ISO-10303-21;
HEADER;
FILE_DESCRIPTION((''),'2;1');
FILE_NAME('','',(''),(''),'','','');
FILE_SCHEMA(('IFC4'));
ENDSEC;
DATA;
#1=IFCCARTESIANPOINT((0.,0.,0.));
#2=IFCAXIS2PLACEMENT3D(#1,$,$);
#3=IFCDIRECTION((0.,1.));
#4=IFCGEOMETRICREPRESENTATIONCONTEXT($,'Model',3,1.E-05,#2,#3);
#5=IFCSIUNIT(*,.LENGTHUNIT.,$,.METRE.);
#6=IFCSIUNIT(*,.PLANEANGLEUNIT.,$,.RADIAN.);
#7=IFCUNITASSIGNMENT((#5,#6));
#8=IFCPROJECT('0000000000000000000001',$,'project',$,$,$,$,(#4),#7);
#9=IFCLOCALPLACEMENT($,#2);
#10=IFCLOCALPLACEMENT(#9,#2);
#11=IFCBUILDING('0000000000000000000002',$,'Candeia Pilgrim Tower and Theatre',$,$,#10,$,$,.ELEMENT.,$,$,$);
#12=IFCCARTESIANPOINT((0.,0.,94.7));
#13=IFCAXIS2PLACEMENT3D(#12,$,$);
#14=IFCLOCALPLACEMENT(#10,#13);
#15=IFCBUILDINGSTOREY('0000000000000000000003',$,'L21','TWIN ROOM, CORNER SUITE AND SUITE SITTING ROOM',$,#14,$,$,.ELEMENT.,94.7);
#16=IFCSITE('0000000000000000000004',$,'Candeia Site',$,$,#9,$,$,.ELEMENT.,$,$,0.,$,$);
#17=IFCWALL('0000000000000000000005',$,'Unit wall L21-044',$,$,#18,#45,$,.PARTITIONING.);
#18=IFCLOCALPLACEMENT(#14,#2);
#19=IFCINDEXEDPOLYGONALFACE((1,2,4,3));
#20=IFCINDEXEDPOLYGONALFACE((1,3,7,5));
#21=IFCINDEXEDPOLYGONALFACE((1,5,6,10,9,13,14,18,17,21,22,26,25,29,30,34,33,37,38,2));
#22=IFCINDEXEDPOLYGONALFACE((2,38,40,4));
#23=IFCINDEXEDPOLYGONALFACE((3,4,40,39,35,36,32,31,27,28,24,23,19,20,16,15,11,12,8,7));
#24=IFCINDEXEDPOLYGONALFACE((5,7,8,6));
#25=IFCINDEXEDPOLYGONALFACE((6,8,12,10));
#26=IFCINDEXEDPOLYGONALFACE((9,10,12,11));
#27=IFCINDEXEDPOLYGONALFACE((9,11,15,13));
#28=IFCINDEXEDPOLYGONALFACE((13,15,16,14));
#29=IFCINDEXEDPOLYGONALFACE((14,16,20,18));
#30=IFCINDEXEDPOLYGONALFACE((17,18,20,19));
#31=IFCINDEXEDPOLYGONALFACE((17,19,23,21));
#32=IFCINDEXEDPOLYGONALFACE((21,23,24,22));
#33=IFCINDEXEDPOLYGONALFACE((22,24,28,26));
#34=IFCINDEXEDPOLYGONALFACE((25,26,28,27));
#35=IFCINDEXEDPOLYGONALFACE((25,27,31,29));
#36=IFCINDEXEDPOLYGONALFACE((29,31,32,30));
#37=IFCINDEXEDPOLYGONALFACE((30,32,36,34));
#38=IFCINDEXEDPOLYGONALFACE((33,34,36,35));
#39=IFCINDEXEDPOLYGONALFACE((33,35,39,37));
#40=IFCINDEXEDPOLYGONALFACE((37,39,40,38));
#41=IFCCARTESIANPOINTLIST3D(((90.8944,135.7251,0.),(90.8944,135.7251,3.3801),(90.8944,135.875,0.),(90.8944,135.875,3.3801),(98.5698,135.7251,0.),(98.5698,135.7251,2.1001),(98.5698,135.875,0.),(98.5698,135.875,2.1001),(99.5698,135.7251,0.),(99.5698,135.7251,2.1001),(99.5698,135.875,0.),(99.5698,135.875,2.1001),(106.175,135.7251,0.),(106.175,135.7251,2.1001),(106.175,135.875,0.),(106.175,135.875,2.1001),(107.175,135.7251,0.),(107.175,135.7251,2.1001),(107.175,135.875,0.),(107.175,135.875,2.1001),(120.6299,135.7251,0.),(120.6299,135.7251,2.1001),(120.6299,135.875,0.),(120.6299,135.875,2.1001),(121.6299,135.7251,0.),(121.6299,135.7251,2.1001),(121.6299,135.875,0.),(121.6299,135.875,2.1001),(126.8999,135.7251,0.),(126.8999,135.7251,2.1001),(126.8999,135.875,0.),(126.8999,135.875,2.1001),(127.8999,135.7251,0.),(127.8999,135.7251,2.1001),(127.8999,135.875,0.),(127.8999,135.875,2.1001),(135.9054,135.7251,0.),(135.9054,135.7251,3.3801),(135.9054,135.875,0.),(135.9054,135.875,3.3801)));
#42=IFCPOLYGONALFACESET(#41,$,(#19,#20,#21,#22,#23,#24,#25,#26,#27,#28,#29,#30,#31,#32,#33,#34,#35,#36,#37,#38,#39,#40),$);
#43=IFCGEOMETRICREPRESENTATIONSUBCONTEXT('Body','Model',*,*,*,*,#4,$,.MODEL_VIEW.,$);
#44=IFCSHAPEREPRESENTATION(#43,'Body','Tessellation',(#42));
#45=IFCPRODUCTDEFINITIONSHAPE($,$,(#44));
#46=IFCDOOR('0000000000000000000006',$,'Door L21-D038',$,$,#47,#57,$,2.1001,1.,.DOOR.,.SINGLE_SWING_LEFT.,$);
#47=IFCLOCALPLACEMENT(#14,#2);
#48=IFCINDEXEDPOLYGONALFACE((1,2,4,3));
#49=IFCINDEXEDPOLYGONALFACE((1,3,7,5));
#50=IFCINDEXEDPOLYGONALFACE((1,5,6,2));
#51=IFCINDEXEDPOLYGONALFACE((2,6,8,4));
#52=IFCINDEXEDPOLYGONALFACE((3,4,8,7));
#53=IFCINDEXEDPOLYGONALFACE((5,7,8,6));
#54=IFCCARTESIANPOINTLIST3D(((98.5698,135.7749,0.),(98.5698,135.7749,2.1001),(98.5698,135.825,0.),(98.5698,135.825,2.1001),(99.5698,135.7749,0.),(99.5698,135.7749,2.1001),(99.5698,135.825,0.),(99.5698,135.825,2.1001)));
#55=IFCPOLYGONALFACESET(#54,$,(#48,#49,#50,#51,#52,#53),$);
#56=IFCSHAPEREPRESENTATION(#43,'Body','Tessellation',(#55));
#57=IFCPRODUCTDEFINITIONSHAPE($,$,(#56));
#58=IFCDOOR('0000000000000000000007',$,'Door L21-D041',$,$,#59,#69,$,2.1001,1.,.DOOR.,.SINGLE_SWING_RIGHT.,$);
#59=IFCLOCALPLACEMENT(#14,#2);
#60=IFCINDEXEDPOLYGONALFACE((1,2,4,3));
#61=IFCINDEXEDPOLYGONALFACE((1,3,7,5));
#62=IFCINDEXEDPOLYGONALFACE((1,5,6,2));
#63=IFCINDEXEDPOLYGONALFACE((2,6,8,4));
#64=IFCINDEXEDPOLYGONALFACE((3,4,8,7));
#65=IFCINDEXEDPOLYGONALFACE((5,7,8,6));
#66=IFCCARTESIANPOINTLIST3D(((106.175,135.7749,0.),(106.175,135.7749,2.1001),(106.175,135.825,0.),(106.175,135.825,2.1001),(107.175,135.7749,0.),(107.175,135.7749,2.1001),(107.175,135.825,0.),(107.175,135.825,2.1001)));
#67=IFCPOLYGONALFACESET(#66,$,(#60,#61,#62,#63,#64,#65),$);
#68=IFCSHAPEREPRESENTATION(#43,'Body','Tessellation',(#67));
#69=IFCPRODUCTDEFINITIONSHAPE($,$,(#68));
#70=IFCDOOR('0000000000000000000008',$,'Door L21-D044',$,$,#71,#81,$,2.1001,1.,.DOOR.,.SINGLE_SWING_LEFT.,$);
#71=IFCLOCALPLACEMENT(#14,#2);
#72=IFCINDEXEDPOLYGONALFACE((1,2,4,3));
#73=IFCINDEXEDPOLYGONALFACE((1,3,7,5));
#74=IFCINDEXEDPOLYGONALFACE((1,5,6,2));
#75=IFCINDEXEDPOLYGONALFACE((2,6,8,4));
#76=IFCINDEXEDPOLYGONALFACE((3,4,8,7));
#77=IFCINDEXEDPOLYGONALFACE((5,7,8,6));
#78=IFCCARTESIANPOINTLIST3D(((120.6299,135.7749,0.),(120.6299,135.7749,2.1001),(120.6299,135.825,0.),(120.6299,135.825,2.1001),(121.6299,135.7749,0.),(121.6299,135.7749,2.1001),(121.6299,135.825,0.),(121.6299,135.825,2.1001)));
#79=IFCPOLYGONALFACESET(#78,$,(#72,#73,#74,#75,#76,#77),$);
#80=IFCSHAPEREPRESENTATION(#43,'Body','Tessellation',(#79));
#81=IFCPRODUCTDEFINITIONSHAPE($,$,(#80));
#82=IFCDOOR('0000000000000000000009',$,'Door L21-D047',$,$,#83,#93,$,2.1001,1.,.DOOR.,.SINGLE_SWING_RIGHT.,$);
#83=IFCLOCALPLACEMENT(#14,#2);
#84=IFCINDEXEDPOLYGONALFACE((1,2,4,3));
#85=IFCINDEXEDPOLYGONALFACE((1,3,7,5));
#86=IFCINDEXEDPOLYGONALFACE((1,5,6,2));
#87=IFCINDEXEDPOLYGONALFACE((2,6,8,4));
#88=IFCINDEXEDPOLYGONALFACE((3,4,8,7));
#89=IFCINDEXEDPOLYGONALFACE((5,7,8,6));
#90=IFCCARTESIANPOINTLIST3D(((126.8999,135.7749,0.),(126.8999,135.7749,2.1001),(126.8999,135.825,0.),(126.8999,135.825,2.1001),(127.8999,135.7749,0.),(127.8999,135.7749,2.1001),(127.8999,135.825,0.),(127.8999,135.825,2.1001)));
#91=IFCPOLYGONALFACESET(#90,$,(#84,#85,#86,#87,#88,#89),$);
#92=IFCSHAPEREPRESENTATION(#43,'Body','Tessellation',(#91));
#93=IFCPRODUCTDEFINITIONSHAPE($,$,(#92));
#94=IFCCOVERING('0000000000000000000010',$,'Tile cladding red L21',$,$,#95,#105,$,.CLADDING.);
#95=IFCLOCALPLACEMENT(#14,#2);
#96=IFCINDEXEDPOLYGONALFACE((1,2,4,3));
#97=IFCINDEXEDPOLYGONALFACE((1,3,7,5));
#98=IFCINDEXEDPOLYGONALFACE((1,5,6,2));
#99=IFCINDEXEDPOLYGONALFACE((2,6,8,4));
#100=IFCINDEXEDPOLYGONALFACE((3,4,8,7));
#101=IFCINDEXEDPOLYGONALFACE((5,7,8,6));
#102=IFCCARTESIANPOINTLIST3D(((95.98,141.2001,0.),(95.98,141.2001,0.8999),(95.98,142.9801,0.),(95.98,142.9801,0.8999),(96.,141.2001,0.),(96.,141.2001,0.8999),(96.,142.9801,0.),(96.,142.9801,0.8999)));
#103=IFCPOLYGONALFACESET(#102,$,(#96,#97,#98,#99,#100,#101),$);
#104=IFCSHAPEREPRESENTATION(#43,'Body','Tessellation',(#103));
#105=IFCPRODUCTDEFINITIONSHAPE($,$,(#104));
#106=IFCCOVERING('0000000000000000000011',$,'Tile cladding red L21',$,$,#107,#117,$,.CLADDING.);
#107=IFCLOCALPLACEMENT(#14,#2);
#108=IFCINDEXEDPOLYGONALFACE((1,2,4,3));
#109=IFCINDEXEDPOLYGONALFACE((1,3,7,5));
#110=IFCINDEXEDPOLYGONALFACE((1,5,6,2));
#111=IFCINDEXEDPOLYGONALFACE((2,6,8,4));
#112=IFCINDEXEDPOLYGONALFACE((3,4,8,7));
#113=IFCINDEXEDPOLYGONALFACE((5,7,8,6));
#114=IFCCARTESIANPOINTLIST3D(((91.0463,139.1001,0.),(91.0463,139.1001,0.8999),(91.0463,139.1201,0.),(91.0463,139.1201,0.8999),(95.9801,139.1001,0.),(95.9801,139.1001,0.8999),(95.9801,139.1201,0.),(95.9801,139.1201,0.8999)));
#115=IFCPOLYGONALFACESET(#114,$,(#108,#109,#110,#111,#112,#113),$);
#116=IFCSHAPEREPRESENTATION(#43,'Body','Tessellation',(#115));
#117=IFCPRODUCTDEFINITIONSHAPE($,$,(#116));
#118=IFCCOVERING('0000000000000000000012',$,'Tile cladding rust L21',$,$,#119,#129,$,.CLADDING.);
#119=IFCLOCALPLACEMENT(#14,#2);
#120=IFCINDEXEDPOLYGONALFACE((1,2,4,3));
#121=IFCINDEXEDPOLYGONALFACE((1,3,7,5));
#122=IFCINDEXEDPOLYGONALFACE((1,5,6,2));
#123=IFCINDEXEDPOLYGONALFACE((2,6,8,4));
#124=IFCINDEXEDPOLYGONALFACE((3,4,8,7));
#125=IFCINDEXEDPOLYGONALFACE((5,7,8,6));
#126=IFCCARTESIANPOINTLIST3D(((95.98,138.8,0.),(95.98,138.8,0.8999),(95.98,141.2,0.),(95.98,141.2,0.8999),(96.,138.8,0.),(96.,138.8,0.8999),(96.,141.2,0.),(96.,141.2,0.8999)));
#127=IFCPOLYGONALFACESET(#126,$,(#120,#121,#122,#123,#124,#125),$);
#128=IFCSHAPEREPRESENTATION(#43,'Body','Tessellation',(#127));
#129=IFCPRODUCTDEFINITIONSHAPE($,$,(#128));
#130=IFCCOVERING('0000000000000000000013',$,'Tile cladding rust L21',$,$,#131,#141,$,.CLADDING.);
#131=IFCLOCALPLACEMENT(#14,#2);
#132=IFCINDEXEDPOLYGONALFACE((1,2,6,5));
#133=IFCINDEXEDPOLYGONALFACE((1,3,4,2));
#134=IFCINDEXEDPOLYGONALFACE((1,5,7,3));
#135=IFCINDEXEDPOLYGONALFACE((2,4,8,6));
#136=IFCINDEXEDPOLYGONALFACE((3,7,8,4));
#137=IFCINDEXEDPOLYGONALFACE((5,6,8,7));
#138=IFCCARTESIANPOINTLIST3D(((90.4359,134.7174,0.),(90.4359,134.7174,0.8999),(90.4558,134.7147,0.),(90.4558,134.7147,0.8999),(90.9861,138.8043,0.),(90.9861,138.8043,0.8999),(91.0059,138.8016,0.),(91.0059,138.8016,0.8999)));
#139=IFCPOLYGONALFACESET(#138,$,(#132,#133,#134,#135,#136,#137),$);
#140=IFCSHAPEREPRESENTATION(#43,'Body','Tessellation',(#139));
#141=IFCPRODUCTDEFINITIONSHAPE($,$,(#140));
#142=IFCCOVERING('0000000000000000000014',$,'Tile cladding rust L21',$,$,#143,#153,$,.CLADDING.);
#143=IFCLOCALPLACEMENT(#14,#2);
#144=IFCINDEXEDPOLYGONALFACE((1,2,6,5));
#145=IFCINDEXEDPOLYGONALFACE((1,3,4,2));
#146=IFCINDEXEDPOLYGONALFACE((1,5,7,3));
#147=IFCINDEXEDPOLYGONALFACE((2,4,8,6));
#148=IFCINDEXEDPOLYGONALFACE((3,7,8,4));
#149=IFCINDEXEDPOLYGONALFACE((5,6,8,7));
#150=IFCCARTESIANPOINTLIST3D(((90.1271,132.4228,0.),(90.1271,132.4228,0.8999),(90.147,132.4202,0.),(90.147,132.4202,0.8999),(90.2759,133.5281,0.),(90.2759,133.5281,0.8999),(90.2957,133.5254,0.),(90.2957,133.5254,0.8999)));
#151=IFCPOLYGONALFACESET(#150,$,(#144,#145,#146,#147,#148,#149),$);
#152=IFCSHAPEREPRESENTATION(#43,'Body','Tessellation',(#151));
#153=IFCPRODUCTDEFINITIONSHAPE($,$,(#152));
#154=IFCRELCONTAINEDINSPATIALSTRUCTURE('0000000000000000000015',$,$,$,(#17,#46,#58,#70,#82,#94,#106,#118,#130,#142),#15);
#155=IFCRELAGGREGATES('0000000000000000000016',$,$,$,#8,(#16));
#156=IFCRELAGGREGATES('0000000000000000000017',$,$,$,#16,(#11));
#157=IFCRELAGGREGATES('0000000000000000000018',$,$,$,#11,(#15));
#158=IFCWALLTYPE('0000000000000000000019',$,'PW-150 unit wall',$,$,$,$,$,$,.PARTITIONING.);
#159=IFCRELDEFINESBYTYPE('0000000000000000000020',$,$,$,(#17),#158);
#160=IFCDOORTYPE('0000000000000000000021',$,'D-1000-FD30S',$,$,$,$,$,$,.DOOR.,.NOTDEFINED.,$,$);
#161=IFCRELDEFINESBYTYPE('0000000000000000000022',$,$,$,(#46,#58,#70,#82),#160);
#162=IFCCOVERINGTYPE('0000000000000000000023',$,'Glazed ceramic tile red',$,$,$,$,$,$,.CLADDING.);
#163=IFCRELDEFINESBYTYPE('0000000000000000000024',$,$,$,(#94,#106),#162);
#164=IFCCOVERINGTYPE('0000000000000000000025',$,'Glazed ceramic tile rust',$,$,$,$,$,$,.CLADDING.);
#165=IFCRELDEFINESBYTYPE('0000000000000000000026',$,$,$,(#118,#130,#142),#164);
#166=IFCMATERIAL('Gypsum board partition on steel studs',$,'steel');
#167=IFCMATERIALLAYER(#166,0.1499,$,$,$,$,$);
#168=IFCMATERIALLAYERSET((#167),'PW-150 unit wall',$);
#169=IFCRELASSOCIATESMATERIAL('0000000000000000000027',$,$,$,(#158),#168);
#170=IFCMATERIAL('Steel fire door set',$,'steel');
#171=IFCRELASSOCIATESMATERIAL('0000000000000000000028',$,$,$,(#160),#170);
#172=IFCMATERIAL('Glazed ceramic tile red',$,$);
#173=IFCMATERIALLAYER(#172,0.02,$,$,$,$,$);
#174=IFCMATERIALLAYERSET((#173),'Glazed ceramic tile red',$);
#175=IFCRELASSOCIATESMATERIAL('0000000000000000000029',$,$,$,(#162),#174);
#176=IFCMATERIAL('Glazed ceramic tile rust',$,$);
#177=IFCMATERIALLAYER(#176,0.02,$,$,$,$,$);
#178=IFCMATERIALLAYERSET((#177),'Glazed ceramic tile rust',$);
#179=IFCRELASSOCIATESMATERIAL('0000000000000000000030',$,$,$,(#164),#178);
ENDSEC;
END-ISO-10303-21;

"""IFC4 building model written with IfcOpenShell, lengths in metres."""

from ifc_helpers import new_model, si_unit, direction, frame, frame_2d, origin, origin_2d, place, context, subcontext, project, spatial, rectangle, extrude, material, layer, layer_set, type_object, element, fill, save


model = new_model("IFC4")

# Units and contexts
model_context = context("Model", 3, precision=1e-05, world=origin(), true_north=direction((0.0, 1.0)))
body_context = subcontext(model_context, "Body", "Model", "MODEL_VIEW")
ifc_project = project(units=[si_unit("LENGTHUNIT", "METRE"), si_unit("PLANEANGLEUNIT", "RADIAN")], contexts=[model_context])

# Site, building, storey
site_placement = place(None, origin())
site = spatial("IfcSite", under=ifc_project, at=site_placement, Name="Candeia Site", CompositionType="ELEMENT", RefElevation=0.0)
building_placement = place(site_placement, origin())
building = spatial("IfcBuilding", under=site, at=building_placement, Name="Candeia Pilgrim Tower and Theatre", CompositionType="ELEMENT")
storey_placement = place(building_placement, frame((0.0, 0.0, 94.7)))
storey = spatial("IfcBuildingStorey", under=building, at=storey_placement, Name="L21", Description="TWIN ROOM, CORNER SUITE AND SUITE SITTING ROOM", CompositionType="ELEMENT", Elevation=94.7)

# Shared definitions
ifc_material_1 = material(Name="Gypsum board partition on steel studs", Category="steel")

# Wall, openings, doors
ifc_layer_1 = layer(ifc_material_1, 0.1499)
ifc_layer_set_1 = layer_set([ifc_layer_1], Name="PW-150 unit wall")
wall_type_1 = type_object("IfcWallType", Name="PW-150 unit wall", PredefinedType="PARTITIONING", material=ifc_layer_set_1)
wall_1_placement = place(storey_placement, frame((90.8945, 135.8, 0.0), z_axis=(0.0, 0.0, 1.0), x_axis=(1.0, 0.0, 0.0)))
wall_1 = element("IfcWall", 1, at=wall_1_placement, inside=storey, type_object=wall_type_1, Name="Unit wall L21-044", PredefinedType="PARTITIONING", context=body_context, shape_type="SweptSolid", body=[
    extrude(rectangle(XDim=45.011, YDim=0.1499, at=frame_2d((22.5054, 0.0))), origin(), (0.0, 0.0, 1.0), 3.3801),
])
opening_1_placement = place(wall_1_placement, frame((7.6753, 0.0, 0.0)))
opening_1 = element("IfcOpeningElement", 2, at=opening_1_placement, cuts=wall_1, PredefinedType="OPENING", context=body_context, shape_type="SweptSolid", body=[
    extrude(rectangle(XDim=1.0, YDim=2.1001, at=frame_2d((0.5, 1.05))), frame((0.0, 0.085, 0.0), z_axis=(0.0, -1.0, 0.0), x_axis=(1.0, 0.0, 0.0)), (0.0, 0.0, 1.0), 0.1699),
])
opening_2_placement = place(wall_1_placement, frame((15.2805, 0.0, 0.0)))
opening_2 = element("IfcOpeningElement", 3, at=opening_2_placement, cuts=wall_1, PredefinedType="OPENING", context=body_context, shape_type="SweptSolid", body=[
    extrude(rectangle(XDim=1.0, YDim=2.1001, at=frame_2d((0.5, 1.05))), frame((0.0, 0.085, 0.0), z_axis=(0.0, -1.0, 0.0), x_axis=(1.0, 0.0, 0.0)), (0.0, 0.0, 1.0), 0.1699),
])
opening_3_placement = place(wall_1_placement, frame((29.7354, 0.0, 0.0)))
opening_3 = element("IfcOpeningElement", 4, at=opening_3_placement, cuts=wall_1, PredefinedType="OPENING", context=body_context, shape_type="SweptSolid", body=[
    extrude(rectangle(XDim=1.0, YDim=2.1001, at=frame_2d((0.5, 1.05))), frame((0.0, 0.085, 0.0), z_axis=(0.0, -1.0, 0.0), x_axis=(1.0, 0.0, 0.0)), (0.0, 0.0, 1.0), 0.1699),
])
opening_4_placement = place(wall_1_placement, frame((36.0054, 0.0, 0.0)))
opening_4 = element("IfcOpeningElement", 5, at=opening_4_placement, cuts=wall_1, PredefinedType="OPENING", context=body_context, shape_type="SweptSolid", body=[
    extrude(rectangle(XDim=1.0, YDim=2.1001, at=frame_2d((0.5, 1.05))), frame((0.0, 0.085, 0.0), z_axis=(0.0, -1.0, 0.0), x_axis=(1.0, 0.0, 0.0)), (0.0, 0.0, 1.0), 0.1699),
])
ifc_material_2 = material(Name="Steel fire door set", Category="steel")
door_type_1 = type_object("IfcDoorType", Name="D-1000-FD30S", OperationType="NOTDEFINED", PredefinedType="DOOR", material=ifc_material_2)
door_1_placement = place(opening_1_placement, origin())
door_1 = element("IfcDoor", 6, at=door_1_placement, inside=storey, type_object=door_type_1, Name="Door L21-D038", OperationType="SINGLE_SWING_LEFT", OverallHeight=2.1001, OverallWidth=1.0, PredefinedType="DOOR", context=body_context, shape_type="SweptSolid", body=[
    extrude(rectangle(XDim=1.0, YDim=2.1001, at=frame_2d((0.5, 1.05))), frame((0.0, 0.0249, 0.0), z_axis=(0.0, -1.0, 0.0), x_axis=(1.0, 0.0, 0.0)), (0.0, 0.0, 1.0), 0.05),
])
fill(opening_1, door_1)
door_2_placement = place(opening_2_placement, origin())
door_2 = element("IfcDoor", 7, at=door_2_placement, inside=storey, type_object=door_type_1, Name="Door L21-D041", OperationType="SINGLE_SWING_RIGHT", OverallHeight=2.1001, OverallWidth=1.0, PredefinedType="DOOR", context=body_context, shape_type="SweptSolid", body=[
    extrude(rectangle(XDim=1.0, YDim=2.1001, at=frame_2d((0.5, 1.05))), frame((0.0, 0.0249, 0.0), z_axis=(0.0, -1.0, 0.0), x_axis=(1.0, 0.0, 0.0)), (0.0, 0.0, 1.0), 0.05),
])
fill(opening_2, door_2)
door_3_placement = place(opening_3_placement, origin())
door_3 = element("IfcDoor", 8, at=door_3_placement, inside=storey, type_object=door_type_1, Name="Door L21-D044", OperationType="SINGLE_SWING_LEFT", OverallHeight=2.1001, OverallWidth=1.0, PredefinedType="DOOR", context=body_context, shape_type="SweptSolid", body=[
    extrude(rectangle(XDim=1.0, YDim=2.1001, at=frame_2d((0.5, 1.05))), frame((0.0, 0.0249, 0.0), z_axis=(0.0, -1.0, 0.0), x_axis=(1.0, 0.0, 0.0)), (0.0, 0.0, 1.0), 0.05),
])
fill(opening_3, door_3)
door_4_placement = place(opening_4_placement, origin())
door_4 = element("IfcDoor", 9, at=door_4_placement, inside=storey, type_object=door_type_1, Name="Door L21-D047", OperationType="SINGLE_SWING_RIGHT", OverallHeight=2.1001, OverallWidth=1.0, PredefinedType="DOOR", context=body_context, shape_type="SweptSolid", body=[
    extrude(rectangle(XDim=1.0, YDim=2.1001, at=frame_2d((0.5, 1.05))), frame((0.0, 0.0249, 0.0), z_axis=(0.0, -1.0, 0.0), x_axis=(1.0, 0.0, 0.0)), (0.0, 0.0, 1.0), 0.05),
])
fill(opening_4, door_4)

# Coverings
ifc_material_3 = material(Name="Glazed ceramic tile red")
ifc_layer_2 = layer(ifc_material_3, 0.02)
ifc_layer_set_2 = layer_set([ifc_layer_2], Name="Glazed ceramic tile red")
covering_type_1 = type_object("IfcCoveringType", Name="Glazed ceramic tile red", PredefinedType="CLADDING", material=ifc_layer_set_2)
covering_1_placement = place(storey_placement, frame((95.99, 142.0901, 0.0), z_axis=(0.0, 0.0, 1.0), x_axis=(0.0, -1.0, 0.0)))
element("IfcCovering", 10, at=covering_1_placement, inside=storey, type_object=covering_type_1, Name="Tile cladding red L21", PredefinedType="CLADDING", context=body_context, shape_type="SweptSolid", body=[
    extrude(rectangle(XDim=1.78, YDim=0.02, at=origin_2d()), origin(), (0.0, 0.0, 1.0), 0.8999),
])
covering_2_placement = place(storey_placement, frame((93.5132, 139.1101, 0.0), z_axis=(0.0, 0.0, 1.0), x_axis=(-1.0, 0.0, 0.0)))
element("IfcCovering", 11, at=covering_2_placement, inside=storey, type_object=covering_type_1, Name="Tile cladding red L21", PredefinedType="CLADDING", context=body_context, shape_type="SweptSolid", body=[
    extrude(rectangle(XDim=4.9338, YDim=0.02, at=origin_2d()), origin(), (0.0, 0.0, 1.0), 0.8999),
])
ifc_material_4 = material(Name="Glazed ceramic tile rust")
ifc_layer_3 = layer(ifc_material_4, 0.02)
ifc_layer_set_3 = layer_set([ifc_layer_3], Name="Glazed ceramic tile rust")
covering_type_2 = type_object("IfcCoveringType", Name="Glazed ceramic tile rust", PredefinedType="CLADDING", material=ifc_layer_set_3)
covering_3_placement = place(storey_placement, frame((95.99, 140.0, 0.0), z_axis=(0.0, 0.0, 1.0), x_axis=(0.0, -1.0, 0.0)))
element("IfcCovering", 12, at=covering_3_placement, inside=storey, type_object=covering_type_2, Name="Tile cladding rust L21", PredefinedType="CLADDING", context=body_context, shape_type="SweptSolid", body=[
    extrude(rectangle(XDim=2.3999, YDim=0.02, at=origin_2d()), origin(), (0.0, 0.0, 1.0), 0.8999),
])
covering_4_placement = place(storey_placement, frame((90.7209, 136.7595, 0.0), z_axis=(0.0, 0.0, 1.0), x_axis=(-0.133412, -0.991061, 0.0)))
element("IfcCovering", 13, at=covering_4_placement, inside=storey, type_object=covering_type_2, Name="Tile cladding rust L21", PredefinedType="CLADDING", context=body_context, shape_type="SweptSolid", body=[
    extrude(rectangle(XDim=4.1238, YDim=0.02, at=origin_2d()), origin(), (0.0, 0.0, 1.0), 0.8999),
])
covering_5_placement = place(storey_placement, frame((90.2114, 132.9741, 0.0), z_axis=(0.0, 0.0, 1.0), x_axis=(-0.133412, -0.991061, 0.0)))
element("IfcCovering", 14, at=covering_5_placement, inside=storey, type_object=covering_type_2, Name="Tile cladding rust L21", PredefinedType="CLADDING", context=body_context, shape_type="SweptSolid", body=[
    extrude(rectangle(XDim=1.1152, YDim=0.02, at=origin_2d()), origin(), (0.0, 0.0, 1.0), 0.8999),
])

save(model, "model.ifc")
